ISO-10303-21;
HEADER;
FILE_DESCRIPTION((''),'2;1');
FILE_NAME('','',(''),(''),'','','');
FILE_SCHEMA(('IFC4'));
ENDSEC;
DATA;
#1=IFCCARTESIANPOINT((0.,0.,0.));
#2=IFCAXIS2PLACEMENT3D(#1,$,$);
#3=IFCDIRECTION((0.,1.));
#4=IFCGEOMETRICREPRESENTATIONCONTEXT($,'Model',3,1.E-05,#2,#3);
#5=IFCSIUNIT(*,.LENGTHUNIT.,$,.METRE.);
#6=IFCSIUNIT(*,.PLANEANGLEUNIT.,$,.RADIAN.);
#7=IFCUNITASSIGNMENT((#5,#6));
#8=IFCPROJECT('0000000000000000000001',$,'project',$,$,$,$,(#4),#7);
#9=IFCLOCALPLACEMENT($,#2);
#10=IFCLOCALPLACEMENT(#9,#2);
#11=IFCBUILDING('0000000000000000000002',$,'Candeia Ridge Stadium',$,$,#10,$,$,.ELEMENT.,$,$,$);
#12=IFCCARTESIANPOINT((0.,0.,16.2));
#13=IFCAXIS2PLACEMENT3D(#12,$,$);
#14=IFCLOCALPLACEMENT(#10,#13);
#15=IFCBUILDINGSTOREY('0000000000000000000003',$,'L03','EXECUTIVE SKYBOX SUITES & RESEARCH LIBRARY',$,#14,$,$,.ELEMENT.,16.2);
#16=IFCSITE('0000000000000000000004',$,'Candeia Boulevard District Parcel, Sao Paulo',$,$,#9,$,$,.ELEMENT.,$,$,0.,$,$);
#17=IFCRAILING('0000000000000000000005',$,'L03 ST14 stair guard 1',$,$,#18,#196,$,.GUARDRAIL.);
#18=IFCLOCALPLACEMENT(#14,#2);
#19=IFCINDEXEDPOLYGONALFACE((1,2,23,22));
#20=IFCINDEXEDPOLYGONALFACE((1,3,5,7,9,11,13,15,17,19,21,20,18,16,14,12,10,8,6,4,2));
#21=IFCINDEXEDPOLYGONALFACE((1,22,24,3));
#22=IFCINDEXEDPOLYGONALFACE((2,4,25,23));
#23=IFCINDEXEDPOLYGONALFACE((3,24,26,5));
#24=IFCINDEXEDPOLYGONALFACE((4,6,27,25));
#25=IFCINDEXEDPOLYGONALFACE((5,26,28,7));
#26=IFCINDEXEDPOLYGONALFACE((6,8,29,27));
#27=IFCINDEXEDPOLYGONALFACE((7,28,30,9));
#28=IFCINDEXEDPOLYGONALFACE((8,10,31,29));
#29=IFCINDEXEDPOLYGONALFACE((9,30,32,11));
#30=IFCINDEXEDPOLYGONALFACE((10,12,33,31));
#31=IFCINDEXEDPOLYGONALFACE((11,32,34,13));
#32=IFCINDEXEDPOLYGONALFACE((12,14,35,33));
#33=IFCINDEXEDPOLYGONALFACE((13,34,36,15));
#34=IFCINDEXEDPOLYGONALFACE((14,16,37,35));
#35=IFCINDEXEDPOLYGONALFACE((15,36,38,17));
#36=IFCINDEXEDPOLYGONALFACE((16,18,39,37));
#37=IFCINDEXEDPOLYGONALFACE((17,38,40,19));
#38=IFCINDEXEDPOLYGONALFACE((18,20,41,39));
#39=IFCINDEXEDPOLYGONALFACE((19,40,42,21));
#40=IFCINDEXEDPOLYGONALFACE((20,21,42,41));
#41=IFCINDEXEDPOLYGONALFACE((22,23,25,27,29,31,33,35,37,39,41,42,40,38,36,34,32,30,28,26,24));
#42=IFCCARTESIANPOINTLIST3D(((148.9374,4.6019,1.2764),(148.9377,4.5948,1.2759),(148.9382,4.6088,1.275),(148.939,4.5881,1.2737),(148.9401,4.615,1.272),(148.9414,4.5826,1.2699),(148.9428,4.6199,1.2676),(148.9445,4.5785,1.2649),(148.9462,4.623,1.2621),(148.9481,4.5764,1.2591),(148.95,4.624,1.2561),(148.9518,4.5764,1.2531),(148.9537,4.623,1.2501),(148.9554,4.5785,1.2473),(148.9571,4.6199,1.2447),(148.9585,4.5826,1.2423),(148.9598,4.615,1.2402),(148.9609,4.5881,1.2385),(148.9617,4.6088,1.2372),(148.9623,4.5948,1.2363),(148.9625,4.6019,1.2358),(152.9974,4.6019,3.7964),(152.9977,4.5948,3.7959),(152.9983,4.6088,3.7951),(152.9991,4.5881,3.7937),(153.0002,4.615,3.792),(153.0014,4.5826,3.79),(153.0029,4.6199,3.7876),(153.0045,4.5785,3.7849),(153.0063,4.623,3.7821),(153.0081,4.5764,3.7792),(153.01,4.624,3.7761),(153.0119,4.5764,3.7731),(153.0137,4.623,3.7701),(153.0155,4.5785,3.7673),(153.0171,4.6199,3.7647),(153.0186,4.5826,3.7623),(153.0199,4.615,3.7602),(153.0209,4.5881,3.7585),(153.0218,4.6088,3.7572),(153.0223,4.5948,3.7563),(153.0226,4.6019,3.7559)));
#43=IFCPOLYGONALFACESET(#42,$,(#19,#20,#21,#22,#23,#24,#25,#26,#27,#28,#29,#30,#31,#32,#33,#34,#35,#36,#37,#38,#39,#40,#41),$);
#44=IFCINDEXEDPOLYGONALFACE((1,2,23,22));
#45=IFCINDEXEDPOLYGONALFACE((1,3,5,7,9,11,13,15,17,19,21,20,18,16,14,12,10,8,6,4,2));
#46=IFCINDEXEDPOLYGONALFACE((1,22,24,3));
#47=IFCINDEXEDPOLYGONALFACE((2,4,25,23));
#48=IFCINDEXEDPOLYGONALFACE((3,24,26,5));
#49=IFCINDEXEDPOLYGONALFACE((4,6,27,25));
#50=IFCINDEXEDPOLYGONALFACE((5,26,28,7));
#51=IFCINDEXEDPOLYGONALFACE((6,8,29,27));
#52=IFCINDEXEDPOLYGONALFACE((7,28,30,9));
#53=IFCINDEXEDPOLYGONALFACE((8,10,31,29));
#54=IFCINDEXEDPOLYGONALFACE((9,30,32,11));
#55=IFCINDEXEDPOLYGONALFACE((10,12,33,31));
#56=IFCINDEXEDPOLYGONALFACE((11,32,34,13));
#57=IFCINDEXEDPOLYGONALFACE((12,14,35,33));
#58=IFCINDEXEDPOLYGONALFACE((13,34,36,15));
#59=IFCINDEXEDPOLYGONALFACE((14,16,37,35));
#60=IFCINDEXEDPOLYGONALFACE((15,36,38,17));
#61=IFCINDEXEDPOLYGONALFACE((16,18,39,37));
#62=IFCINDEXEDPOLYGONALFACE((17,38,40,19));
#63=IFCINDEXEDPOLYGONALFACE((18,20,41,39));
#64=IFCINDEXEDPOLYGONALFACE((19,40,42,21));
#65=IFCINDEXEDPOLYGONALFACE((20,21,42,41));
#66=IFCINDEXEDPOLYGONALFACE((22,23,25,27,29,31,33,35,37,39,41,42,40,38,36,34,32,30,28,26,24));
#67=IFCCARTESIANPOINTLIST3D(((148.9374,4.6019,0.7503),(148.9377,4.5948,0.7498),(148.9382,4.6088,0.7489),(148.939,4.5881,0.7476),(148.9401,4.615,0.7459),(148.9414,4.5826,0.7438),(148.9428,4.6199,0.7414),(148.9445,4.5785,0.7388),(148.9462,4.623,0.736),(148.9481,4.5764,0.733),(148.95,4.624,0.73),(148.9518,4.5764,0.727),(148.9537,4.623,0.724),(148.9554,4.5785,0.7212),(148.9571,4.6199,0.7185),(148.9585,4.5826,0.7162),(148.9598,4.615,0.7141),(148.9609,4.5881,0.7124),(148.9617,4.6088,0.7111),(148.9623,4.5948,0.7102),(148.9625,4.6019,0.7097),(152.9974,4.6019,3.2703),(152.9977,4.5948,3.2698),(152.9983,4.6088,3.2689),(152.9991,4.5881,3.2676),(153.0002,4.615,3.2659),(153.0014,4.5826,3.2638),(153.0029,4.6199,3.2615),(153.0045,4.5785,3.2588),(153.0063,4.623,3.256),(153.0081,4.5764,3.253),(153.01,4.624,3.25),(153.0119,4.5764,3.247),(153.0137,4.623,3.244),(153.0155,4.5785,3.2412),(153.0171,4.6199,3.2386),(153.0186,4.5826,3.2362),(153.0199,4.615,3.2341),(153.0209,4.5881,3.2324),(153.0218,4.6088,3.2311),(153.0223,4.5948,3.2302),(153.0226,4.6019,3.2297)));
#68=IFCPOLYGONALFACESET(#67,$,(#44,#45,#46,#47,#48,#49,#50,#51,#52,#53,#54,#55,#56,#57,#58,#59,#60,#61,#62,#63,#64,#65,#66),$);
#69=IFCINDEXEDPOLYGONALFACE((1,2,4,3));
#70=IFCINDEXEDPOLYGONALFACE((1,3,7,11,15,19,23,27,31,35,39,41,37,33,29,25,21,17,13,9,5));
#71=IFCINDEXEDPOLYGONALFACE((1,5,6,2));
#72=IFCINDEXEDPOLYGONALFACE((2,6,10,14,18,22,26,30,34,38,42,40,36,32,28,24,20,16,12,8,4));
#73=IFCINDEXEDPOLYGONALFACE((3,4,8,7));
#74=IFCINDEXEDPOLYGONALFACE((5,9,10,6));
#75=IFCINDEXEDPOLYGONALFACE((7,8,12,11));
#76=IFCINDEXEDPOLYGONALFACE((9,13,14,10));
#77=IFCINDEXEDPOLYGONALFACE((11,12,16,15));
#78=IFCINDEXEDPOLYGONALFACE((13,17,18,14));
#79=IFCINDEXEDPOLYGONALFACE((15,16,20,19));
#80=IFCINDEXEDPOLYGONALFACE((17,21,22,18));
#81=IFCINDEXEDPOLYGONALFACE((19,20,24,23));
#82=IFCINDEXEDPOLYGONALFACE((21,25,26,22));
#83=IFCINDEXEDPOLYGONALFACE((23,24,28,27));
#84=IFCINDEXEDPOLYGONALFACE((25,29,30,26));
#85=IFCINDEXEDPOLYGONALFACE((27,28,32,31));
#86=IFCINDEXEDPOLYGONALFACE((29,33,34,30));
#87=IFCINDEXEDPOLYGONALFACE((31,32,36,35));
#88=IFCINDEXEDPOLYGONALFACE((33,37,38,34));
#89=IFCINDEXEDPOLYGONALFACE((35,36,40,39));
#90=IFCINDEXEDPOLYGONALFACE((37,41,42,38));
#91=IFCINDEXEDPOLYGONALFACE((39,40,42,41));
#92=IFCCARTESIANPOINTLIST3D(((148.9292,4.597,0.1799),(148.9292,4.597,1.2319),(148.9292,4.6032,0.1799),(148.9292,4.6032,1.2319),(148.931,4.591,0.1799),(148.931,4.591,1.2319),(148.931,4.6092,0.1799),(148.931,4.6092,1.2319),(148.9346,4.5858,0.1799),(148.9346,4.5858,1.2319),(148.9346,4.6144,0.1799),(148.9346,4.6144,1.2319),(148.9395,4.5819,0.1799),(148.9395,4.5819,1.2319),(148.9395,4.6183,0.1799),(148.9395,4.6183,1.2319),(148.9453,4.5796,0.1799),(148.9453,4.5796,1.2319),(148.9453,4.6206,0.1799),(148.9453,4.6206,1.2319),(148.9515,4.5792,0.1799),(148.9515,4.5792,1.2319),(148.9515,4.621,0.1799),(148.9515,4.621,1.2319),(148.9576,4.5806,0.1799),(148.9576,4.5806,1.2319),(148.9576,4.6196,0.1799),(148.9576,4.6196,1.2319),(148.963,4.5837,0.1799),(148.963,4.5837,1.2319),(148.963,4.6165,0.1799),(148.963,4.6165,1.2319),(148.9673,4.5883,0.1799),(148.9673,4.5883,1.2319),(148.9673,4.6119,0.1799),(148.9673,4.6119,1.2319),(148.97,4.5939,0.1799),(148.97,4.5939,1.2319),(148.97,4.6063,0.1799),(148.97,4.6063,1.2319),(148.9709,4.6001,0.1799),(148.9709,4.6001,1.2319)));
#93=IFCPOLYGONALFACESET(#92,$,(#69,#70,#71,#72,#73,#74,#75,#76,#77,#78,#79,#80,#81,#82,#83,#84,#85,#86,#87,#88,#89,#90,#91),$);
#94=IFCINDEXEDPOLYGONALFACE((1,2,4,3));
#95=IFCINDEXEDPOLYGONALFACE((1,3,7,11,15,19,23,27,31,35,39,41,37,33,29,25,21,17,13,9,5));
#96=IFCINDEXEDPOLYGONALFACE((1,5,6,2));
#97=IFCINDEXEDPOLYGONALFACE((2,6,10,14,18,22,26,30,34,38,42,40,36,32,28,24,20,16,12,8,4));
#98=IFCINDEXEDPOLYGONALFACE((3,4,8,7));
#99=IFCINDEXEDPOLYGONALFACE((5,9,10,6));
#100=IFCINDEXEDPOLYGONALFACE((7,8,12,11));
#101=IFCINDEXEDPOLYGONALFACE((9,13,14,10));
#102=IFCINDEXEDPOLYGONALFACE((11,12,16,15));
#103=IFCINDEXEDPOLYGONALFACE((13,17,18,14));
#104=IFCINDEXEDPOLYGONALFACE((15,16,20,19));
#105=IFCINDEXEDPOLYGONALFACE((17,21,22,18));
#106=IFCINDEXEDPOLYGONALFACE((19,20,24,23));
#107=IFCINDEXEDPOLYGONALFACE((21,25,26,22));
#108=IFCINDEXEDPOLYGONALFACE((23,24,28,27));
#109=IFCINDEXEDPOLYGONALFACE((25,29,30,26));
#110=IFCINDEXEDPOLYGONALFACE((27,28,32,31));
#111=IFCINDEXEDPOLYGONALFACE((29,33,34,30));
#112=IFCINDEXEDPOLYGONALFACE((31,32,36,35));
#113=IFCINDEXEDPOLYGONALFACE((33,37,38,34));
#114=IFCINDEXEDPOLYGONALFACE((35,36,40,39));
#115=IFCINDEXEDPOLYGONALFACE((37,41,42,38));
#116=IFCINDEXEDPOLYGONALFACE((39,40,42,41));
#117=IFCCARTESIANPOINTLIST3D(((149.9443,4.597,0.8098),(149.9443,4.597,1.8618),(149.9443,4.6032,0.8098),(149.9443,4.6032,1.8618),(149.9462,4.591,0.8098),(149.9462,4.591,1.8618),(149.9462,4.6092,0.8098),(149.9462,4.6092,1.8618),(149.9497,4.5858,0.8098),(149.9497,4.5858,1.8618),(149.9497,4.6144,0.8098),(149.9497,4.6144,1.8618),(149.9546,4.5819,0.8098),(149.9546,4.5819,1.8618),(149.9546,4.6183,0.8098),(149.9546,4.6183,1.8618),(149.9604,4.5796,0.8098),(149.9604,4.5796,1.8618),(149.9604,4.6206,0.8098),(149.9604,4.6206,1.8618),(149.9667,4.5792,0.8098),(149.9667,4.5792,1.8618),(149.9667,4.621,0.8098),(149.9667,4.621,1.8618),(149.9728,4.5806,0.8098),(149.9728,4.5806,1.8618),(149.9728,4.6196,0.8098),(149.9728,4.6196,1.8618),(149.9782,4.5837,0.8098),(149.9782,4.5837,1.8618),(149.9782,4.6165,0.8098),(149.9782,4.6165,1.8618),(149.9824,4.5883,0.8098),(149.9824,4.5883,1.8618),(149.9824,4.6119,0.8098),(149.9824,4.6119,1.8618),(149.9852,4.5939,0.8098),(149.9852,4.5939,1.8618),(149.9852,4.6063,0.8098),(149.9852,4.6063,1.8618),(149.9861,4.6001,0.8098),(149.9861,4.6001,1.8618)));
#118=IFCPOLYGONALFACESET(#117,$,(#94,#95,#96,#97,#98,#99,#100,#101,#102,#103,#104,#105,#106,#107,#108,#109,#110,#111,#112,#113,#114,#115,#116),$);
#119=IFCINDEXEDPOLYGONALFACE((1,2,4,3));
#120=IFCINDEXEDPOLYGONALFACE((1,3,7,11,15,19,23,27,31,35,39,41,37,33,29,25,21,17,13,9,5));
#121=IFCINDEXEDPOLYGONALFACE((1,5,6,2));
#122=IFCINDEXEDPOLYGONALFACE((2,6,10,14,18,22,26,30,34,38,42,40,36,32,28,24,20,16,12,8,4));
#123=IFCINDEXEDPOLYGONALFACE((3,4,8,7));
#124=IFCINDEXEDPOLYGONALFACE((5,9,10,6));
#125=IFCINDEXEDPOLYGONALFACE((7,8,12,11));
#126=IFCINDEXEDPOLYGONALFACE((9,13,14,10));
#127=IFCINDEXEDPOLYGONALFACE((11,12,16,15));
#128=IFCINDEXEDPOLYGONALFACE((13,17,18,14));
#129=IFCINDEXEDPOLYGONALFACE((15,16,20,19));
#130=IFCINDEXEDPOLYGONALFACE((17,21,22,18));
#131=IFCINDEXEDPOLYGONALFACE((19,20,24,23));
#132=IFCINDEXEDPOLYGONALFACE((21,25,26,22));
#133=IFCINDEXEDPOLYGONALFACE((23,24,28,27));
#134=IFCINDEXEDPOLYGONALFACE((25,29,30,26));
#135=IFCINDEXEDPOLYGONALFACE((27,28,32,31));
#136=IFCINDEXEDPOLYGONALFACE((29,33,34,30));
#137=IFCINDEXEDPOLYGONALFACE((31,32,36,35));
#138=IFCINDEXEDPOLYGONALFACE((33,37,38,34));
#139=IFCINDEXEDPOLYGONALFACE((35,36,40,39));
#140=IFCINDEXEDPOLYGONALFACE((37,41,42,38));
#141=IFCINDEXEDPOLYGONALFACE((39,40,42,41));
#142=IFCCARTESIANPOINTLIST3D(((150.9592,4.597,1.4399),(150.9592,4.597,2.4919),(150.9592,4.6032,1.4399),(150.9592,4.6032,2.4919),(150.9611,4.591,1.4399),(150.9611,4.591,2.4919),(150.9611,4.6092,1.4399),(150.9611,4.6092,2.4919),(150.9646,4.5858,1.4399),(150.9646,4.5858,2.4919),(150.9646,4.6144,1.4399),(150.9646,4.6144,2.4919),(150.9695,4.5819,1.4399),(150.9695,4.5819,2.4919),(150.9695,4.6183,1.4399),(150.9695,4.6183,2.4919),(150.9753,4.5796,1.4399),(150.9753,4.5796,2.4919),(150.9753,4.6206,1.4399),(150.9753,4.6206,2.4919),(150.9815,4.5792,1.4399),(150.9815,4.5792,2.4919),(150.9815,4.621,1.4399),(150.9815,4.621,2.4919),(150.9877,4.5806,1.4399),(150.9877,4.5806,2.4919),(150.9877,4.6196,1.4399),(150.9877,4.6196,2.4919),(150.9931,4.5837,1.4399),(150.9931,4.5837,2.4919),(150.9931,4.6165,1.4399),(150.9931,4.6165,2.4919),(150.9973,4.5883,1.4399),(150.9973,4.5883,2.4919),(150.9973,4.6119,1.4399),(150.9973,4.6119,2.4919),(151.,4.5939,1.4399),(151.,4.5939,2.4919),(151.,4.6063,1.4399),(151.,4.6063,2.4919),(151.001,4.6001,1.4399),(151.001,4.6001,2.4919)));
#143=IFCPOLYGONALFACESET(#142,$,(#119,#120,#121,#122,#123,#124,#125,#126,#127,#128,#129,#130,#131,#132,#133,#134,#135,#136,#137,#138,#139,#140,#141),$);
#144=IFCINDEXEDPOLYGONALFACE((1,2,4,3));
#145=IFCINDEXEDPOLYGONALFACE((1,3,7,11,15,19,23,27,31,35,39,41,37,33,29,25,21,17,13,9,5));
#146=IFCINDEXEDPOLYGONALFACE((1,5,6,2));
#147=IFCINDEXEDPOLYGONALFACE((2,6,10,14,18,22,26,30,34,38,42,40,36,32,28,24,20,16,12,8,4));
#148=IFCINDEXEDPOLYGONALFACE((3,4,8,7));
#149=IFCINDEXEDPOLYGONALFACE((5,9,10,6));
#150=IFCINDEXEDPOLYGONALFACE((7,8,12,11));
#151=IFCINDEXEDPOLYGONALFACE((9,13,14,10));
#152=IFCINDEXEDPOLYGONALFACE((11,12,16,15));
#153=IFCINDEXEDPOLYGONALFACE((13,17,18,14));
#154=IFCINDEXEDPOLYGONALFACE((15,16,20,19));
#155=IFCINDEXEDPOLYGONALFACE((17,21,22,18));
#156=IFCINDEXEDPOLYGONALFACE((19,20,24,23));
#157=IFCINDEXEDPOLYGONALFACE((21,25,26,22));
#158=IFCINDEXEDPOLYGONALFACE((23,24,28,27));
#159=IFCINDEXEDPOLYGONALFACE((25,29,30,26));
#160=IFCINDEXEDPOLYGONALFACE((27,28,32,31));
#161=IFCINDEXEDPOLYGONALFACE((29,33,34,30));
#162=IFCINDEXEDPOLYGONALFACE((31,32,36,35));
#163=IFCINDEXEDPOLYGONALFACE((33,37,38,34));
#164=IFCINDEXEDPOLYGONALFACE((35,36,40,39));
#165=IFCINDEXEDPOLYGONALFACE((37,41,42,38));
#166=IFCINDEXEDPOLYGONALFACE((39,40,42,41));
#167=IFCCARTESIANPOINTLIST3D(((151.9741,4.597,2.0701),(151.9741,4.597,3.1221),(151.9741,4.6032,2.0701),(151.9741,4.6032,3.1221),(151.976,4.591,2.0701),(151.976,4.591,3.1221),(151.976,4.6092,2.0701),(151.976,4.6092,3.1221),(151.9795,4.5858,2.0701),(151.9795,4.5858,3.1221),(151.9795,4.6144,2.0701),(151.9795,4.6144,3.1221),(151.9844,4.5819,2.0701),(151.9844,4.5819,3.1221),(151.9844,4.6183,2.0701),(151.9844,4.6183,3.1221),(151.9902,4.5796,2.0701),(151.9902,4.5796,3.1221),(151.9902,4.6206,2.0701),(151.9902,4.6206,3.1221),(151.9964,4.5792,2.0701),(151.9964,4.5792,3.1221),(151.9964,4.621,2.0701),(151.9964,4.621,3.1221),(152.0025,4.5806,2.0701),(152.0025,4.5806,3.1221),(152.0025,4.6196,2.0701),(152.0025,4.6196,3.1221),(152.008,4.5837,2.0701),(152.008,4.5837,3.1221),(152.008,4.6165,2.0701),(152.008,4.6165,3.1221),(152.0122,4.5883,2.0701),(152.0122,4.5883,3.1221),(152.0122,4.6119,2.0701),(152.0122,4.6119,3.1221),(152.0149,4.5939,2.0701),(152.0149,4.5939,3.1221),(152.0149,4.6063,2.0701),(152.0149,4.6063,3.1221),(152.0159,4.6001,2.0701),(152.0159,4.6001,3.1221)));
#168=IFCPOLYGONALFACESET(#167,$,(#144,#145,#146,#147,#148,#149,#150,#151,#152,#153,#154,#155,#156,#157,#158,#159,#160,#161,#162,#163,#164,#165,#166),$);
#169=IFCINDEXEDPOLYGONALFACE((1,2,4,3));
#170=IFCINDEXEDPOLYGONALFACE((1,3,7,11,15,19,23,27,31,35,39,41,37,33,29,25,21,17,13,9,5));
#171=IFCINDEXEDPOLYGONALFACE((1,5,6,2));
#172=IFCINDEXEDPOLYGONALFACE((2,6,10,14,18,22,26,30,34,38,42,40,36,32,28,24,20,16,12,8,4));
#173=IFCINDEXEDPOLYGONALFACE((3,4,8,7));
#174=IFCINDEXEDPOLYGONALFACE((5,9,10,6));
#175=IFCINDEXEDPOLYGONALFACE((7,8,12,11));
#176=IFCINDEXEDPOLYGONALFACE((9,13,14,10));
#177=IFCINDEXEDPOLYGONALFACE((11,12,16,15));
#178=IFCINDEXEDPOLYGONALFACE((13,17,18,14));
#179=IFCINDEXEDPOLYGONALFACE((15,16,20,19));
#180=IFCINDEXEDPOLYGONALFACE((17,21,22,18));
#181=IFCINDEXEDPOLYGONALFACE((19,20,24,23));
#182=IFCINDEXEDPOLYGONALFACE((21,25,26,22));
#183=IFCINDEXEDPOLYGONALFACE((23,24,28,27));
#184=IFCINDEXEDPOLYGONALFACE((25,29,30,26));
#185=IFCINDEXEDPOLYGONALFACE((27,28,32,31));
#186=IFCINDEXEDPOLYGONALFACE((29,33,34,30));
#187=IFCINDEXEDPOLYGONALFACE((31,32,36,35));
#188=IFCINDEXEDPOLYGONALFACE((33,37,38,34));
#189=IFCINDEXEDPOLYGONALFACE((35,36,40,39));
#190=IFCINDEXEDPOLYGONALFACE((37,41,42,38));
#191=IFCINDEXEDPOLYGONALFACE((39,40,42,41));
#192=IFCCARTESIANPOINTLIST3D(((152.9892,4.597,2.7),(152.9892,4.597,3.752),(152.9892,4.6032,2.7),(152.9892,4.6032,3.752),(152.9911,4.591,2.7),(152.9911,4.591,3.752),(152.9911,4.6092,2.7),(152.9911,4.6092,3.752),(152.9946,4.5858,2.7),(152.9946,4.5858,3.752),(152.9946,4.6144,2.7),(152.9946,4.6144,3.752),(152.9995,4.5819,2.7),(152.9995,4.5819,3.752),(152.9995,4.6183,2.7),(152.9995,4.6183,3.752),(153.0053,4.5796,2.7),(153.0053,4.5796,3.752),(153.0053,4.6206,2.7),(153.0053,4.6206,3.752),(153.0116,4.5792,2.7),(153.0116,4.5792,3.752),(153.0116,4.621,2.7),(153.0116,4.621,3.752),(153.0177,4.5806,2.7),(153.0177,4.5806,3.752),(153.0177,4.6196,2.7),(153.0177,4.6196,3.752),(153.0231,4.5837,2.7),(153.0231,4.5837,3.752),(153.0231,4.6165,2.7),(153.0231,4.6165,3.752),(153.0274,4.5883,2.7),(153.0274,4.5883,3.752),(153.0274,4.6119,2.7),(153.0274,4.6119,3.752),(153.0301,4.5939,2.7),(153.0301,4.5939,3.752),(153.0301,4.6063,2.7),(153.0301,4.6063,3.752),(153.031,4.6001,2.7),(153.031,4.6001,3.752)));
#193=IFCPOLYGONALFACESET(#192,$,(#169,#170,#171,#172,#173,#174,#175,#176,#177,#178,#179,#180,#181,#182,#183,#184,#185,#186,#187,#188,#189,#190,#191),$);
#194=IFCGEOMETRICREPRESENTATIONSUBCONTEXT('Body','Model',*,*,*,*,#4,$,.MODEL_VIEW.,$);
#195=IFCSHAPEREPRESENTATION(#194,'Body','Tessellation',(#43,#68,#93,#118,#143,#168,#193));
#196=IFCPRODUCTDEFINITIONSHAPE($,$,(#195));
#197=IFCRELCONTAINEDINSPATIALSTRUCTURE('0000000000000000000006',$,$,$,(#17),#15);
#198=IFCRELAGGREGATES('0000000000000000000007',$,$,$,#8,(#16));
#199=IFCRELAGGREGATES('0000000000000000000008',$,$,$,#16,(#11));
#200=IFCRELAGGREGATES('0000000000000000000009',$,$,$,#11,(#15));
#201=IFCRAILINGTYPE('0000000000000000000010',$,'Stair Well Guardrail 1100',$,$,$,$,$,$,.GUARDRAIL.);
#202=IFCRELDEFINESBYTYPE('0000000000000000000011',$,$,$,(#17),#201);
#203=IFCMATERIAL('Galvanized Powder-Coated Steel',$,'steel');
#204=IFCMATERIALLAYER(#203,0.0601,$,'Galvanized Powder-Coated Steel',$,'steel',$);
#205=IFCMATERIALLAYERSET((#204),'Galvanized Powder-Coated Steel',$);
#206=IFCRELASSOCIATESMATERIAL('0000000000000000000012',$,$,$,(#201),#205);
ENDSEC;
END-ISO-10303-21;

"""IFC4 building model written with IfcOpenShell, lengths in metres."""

from ifc_helpers import new_model, si_unit, direction, frame, origin, origin_2d, place, context, subcontext, project, spatial, circle, extrude, material, layer, layer_set, type_object, element, save


model = new_model("IFC4")

# Units and contexts
model_context = context("Model", 3, precision=1e-05, world=origin(), true_north=direction((0.0, 1.0)))
body_context = subcontext(model_context, "Body", "Model", "MODEL_VIEW")
ifc_project = project(units=[si_unit("LENGTHUNIT", "METRE"), si_unit("PLANEANGLEUNIT", "RADIAN")], contexts=[model_context])

# Site, building, storey
site_placement = place(None, origin())
site = spatial("IfcSite", under=ifc_project, at=site_placement, Name="Candeia Boulevard District Parcel, Sao Paulo", CompositionType="ELEMENT", RefElevation=0.0)
building_placement = place(site_placement, origin())
building = spatial("IfcBuilding", under=site, at=building_placement, Name="Candeia Ridge Stadium", CompositionType="ELEMENT")
storey_placement = place(building_placement, frame((0.0, 0.0, 16.2)))
storey = spatial("IfcBuildingStorey", under=building, at=storey_placement, Name="L03", Description="EXECUTIVE SKYBOX SUITES & RESEARCH LIBRARY", CompositionType="ELEMENT", Elevation=16.2)

# Railing
ifc_material_1 = material(Name="Galvanized Powder-Coated Steel", Category="steel")
ifc_layer_1 = layer(ifc_material_1, 0.0601, Name="Galvanized Powder-Coated Steel", Category="steel")
ifc_layer_set_1 = layer_set([ifc_layer_1], Name="Galvanized Powder-Coated Steel")
railing_type_1 = type_object("IfcRailingType", Name="Stair Well Guardrail 1100", PredefinedType="GUARDRAIL", material=ifc_layer_set_1)
railing_1_placement = place(storey_placement, frame((148.95, 4.6001, 0.1799)))
element("IfcRailing", 1, at=railing_1_placement, inside=storey, type_object=railing_type_1, Name="L03 ST14 stair guard 1", PredefinedType="GUARDRAIL", context=body_context, shape_type="SweptSolid", body=[
    extrude(circle(Radius=0.0239, at=origin_2d()), frame((0.0, 0.0, 1.0762), z_axis=(0.849642, 0.0, 0.52736), x_axis=(0.0, 1.0, 0.0)), (0.0, 0.0, 1.0), 4.7786),
    extrude(circle(Radius=0.0239, at=origin_2d()), frame((0.0, 0.0, 0.55), z_axis=(0.849642, 0.0, 0.52736), x_axis=(0.0, 1.0, 0.0)), (0.0, 0.0, 1.0), 4.7786),
    extrude(circle(Radius=0.021, at=origin_2d()), origin(), (0.0, 0.0, 1.0), 1.052),
    extrude(circle(Radius=0.021, at=origin_2d()), frame((1.0151, 0.0, 0.6299)), (0.0, 0.0, 1.0), 1.052),
    extrude(circle(Radius=0.021, at=origin_2d()), frame((2.03, 0.0, 1.26)), (0.0, 0.0, 1.0), 1.052),
    extrude(circle(Radius=0.021, at=origin_2d()), frame((3.0449, 0.0, 1.8901)), (0.0, 0.0, 1.0), 1.052),
    extrude(circle(Radius=0.021, at=origin_2d()), frame((4.0601, 0.0, 2.52)), (0.0, 0.0, 1.0), 1.052),
])

save(model, "model.ifc")
